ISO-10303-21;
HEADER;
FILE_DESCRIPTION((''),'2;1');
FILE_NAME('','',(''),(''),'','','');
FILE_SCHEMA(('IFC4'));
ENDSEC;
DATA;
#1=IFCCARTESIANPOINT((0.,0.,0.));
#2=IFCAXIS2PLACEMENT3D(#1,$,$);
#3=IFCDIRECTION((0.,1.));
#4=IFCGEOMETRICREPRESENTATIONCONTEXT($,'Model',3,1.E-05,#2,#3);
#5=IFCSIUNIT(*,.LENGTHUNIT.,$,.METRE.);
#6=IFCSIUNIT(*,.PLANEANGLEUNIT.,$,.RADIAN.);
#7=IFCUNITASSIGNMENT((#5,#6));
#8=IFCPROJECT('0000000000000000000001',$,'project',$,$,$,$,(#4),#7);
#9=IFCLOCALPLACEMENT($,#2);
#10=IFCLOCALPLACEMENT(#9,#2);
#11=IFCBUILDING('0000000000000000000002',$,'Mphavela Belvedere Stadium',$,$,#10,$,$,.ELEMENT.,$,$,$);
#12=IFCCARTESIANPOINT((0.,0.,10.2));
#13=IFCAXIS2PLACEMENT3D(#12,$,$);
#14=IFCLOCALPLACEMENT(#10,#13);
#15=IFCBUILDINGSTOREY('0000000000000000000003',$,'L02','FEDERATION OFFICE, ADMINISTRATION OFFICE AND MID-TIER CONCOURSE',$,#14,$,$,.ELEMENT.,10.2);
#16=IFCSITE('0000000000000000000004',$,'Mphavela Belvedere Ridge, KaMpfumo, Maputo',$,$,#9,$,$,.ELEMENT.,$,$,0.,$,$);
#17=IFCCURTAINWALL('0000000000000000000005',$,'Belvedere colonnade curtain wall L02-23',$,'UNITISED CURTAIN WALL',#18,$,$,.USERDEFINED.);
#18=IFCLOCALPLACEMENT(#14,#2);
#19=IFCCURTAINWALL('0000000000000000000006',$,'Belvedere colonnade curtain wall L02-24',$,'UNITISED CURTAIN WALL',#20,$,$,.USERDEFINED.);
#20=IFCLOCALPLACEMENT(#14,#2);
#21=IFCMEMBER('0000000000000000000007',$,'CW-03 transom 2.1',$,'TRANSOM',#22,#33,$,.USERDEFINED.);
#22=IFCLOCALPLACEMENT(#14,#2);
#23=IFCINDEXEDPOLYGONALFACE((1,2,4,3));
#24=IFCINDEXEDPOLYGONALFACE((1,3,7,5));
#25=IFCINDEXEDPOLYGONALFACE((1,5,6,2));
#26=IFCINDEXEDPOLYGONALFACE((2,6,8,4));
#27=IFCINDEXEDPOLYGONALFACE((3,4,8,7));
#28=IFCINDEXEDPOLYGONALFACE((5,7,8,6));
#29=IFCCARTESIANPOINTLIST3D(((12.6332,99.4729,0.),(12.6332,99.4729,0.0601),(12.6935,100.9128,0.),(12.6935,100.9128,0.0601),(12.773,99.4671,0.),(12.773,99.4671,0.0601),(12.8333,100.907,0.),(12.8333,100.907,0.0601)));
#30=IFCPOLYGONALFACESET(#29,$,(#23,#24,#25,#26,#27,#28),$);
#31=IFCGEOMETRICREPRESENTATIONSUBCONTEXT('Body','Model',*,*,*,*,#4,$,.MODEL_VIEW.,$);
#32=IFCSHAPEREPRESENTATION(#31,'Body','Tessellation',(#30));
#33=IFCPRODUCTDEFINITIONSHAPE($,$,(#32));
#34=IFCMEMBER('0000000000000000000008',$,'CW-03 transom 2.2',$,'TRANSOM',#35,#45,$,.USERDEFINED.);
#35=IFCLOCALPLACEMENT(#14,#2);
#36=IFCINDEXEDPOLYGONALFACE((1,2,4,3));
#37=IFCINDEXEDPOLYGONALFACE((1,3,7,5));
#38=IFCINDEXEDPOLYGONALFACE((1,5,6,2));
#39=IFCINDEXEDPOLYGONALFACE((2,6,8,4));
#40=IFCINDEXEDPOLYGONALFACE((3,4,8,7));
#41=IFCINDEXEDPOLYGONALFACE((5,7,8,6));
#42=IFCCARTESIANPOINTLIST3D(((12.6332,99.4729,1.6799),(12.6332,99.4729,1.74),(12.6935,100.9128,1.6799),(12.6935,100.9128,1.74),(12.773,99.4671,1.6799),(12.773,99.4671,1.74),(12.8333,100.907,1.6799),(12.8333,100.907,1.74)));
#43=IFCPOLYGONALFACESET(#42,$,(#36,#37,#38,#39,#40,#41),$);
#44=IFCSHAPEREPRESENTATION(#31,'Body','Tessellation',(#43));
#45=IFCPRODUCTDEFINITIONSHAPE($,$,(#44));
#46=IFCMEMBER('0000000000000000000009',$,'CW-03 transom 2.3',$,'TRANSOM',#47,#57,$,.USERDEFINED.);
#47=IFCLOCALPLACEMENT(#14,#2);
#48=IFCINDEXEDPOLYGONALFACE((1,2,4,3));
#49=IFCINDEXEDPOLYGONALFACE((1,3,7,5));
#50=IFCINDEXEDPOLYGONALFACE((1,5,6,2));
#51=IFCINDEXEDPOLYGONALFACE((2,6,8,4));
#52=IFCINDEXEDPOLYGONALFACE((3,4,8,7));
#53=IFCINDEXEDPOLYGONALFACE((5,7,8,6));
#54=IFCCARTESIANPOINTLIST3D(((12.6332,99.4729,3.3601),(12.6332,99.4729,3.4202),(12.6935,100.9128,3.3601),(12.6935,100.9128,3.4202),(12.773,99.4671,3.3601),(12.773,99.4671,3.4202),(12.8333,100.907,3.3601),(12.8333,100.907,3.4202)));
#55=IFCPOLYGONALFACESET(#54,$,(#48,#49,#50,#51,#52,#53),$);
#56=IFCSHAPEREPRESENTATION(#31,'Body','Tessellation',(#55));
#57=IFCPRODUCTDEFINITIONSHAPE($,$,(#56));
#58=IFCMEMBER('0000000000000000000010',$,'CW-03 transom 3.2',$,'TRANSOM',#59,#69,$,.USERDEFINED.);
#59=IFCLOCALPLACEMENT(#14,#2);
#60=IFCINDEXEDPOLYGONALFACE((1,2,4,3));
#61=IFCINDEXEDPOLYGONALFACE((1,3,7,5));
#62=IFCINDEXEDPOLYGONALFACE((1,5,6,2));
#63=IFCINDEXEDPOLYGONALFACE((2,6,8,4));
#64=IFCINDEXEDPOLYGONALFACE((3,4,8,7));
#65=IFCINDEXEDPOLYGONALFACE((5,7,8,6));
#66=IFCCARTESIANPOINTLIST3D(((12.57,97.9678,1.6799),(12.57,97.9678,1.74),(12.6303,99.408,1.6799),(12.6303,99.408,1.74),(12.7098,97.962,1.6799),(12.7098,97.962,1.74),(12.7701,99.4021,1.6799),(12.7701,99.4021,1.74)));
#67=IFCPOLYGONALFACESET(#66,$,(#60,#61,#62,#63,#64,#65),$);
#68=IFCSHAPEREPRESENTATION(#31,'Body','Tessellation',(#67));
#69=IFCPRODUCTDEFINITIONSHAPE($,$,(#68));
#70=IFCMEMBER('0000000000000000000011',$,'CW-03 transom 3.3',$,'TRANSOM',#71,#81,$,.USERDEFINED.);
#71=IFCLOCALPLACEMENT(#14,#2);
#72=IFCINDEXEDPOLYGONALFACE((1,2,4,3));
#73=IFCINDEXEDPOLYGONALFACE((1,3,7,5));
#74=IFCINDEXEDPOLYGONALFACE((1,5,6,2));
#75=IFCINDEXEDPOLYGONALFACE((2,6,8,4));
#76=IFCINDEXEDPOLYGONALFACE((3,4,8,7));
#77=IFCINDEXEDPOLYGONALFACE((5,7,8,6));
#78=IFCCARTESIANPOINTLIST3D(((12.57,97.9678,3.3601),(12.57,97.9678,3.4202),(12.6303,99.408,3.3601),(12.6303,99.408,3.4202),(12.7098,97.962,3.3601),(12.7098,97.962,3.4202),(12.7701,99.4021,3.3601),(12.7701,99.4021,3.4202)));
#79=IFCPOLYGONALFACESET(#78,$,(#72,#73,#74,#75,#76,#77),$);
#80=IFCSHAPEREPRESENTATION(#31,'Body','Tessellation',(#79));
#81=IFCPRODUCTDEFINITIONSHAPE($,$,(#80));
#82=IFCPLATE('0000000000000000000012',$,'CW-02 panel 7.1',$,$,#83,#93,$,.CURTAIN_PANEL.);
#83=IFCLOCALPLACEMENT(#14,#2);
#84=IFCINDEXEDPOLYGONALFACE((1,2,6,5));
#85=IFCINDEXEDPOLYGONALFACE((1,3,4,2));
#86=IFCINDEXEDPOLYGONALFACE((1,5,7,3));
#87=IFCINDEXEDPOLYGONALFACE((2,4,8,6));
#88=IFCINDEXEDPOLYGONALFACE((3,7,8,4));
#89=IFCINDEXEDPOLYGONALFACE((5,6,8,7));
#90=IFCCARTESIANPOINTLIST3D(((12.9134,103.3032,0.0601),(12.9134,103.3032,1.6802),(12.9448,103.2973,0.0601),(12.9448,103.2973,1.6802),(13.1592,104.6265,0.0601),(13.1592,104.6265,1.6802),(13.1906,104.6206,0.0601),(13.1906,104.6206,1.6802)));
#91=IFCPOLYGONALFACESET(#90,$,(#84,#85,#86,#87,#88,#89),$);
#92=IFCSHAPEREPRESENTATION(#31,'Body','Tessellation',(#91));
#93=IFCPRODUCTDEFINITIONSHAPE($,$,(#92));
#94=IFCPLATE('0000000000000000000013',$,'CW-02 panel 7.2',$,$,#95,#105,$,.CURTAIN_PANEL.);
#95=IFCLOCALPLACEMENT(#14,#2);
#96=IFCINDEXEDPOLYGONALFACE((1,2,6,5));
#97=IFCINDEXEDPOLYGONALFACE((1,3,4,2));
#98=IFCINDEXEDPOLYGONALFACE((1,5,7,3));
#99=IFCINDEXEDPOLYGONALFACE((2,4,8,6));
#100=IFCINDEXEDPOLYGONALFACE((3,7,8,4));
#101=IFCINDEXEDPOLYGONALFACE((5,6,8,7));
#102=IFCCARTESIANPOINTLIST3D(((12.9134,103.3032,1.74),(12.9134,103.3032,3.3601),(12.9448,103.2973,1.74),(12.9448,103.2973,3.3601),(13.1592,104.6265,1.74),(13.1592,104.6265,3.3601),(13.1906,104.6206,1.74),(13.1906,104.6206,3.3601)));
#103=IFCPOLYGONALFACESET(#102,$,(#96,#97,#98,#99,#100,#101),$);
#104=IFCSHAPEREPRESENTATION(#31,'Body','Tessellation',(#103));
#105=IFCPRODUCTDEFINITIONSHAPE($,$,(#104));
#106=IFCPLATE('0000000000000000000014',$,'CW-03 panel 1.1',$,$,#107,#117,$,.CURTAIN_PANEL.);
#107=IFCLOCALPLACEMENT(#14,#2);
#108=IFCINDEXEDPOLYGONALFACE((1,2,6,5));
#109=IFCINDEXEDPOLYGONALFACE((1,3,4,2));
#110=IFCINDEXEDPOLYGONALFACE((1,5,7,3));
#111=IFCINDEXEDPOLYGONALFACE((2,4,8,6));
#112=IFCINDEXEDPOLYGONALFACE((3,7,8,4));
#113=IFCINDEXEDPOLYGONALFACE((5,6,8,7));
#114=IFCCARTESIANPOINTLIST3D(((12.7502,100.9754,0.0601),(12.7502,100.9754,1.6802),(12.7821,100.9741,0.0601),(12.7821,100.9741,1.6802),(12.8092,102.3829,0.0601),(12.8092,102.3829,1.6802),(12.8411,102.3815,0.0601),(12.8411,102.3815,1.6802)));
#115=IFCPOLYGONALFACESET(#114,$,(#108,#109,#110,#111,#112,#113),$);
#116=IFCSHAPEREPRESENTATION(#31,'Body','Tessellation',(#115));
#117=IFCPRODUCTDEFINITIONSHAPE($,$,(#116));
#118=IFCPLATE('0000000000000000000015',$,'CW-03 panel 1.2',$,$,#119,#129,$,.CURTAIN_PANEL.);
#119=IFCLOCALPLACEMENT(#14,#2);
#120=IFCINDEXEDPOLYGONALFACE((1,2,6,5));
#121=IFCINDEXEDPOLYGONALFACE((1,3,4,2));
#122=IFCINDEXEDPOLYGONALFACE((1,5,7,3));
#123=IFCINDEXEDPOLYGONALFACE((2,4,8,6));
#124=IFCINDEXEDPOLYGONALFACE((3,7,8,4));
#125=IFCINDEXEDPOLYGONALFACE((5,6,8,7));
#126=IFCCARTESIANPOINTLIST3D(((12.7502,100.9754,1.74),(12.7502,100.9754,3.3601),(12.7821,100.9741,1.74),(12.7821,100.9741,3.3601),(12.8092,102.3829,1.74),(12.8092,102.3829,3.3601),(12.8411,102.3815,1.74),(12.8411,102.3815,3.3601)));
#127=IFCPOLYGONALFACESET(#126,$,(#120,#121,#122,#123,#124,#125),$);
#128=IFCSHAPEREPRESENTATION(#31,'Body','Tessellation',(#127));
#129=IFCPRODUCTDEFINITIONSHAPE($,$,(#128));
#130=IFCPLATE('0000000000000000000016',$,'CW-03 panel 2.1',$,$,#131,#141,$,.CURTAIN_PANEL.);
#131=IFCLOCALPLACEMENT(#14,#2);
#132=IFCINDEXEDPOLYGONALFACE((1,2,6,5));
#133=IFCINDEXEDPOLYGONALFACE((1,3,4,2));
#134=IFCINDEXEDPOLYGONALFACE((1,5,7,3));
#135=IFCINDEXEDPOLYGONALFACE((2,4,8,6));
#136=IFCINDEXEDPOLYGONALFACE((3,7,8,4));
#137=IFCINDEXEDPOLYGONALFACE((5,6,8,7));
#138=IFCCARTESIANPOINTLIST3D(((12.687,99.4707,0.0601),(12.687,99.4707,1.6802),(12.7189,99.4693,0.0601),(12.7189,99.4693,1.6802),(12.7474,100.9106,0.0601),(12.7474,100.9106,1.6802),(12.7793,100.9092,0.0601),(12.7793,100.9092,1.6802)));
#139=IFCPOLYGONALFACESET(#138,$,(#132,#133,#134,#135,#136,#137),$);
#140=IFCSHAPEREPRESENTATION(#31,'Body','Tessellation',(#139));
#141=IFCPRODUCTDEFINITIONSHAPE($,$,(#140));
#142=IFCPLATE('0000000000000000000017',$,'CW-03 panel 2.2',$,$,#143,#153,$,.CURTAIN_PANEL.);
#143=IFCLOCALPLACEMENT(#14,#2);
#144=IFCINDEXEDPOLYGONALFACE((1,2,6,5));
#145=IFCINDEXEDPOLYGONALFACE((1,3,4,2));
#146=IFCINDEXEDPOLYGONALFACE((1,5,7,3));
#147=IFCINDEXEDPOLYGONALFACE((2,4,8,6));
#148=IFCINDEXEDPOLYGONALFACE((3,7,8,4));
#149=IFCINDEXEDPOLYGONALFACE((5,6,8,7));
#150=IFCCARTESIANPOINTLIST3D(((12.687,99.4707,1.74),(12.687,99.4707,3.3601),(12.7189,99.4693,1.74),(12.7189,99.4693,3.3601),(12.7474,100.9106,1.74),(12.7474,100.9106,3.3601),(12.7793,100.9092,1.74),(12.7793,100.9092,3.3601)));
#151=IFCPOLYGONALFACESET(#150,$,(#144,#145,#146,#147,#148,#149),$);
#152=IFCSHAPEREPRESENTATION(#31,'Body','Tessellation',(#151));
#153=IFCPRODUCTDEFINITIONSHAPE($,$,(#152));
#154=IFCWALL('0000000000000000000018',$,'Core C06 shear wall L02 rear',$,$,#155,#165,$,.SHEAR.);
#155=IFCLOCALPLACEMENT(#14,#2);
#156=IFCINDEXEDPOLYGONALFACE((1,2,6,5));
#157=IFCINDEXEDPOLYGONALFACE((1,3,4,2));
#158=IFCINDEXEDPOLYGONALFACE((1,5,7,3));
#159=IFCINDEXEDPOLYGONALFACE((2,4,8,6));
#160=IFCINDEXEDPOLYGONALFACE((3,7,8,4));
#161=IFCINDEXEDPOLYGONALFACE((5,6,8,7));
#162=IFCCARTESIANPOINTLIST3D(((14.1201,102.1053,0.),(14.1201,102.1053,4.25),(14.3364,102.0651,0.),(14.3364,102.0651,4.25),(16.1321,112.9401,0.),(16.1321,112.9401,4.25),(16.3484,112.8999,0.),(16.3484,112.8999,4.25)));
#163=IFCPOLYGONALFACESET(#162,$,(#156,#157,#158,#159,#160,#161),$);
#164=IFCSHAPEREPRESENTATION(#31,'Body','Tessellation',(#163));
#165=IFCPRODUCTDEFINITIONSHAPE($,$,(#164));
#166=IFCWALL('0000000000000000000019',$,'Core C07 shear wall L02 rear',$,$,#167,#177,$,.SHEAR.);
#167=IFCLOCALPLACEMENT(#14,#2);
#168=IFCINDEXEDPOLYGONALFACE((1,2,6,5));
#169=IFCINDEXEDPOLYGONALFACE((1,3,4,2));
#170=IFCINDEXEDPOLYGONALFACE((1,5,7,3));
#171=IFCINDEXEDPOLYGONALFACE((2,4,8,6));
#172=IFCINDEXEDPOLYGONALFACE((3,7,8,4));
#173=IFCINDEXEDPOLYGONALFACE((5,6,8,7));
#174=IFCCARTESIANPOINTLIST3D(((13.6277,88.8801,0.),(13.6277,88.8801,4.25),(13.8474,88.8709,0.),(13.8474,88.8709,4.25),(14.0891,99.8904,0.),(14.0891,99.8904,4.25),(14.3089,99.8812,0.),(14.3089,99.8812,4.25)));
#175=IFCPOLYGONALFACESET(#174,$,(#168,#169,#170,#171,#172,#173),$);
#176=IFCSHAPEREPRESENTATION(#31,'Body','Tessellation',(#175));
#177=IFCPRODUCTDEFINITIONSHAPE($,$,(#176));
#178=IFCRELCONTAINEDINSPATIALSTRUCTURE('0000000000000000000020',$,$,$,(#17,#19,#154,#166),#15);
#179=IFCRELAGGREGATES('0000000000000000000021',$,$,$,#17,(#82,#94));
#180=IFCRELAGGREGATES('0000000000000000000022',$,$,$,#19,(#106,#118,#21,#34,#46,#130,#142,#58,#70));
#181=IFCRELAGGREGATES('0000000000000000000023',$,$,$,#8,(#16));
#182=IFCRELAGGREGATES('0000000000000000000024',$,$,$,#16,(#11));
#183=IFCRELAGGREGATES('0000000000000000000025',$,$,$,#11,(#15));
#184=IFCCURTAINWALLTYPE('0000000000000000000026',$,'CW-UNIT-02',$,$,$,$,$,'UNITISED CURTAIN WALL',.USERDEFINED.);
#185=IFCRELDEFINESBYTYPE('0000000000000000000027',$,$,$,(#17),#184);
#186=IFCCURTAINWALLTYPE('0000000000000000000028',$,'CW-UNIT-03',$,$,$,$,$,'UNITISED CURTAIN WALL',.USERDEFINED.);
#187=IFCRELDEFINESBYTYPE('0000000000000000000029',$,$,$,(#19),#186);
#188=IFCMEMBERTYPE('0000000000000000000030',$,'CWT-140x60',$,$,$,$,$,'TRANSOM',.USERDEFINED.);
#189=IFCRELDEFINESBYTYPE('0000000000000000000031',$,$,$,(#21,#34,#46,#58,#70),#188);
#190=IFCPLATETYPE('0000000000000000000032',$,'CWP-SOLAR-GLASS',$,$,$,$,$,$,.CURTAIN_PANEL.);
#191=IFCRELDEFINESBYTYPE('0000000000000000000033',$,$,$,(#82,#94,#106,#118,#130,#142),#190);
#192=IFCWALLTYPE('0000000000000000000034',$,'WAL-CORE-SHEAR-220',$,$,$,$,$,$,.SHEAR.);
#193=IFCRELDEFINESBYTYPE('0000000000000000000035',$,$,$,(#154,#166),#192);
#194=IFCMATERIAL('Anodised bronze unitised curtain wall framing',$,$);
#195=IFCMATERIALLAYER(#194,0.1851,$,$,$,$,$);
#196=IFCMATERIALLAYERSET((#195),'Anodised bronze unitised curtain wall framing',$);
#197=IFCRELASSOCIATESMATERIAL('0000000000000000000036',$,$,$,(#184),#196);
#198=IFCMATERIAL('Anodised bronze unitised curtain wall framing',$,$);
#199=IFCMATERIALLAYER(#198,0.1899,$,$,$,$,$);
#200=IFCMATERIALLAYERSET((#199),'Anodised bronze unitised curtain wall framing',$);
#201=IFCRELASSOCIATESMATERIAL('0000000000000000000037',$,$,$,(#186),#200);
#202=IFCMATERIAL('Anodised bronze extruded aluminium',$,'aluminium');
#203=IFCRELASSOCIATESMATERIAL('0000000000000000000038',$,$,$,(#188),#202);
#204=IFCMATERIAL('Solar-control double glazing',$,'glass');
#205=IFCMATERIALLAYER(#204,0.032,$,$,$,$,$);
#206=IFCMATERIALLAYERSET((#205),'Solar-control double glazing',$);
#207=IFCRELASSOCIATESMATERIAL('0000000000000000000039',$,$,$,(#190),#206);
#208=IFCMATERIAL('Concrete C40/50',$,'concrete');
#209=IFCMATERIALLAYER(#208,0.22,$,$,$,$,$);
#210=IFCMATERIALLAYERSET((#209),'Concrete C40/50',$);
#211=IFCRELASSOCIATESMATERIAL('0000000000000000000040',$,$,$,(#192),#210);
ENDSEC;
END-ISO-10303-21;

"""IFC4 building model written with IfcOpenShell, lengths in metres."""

from ifc_helpers import new_model, si_unit, direction, frame, frame_2d, origin, origin_2d, place, context, subcontext, project, spatial, rectangle, extrude, material, layer, layer_set, material_profile, profile_set, type_object, element, aggregate, save


model = new_model("IFC4")

# Units and contexts
model_context = context("Model", 3, precision=1e-05, world=origin(), true_north=direction((0.0, 1.0)))
body_context = subcontext(model_context, "Body", "Model", "MODEL_VIEW")
ifc_project = project(units=[si_unit("LENGTHUNIT", "METRE"), si_unit("PLANEANGLEUNIT", "RADIAN")], contexts=[model_context])

# Site, building, storey
site_placement = place(None, origin())
site = spatial("IfcSite", under=ifc_project, at=site_placement, Name="Mphavela Belvedere Ridge, KaMpfumo, Maputo", CompositionType="ELEMENT", RefElevation=0.0)
building_placement = place(site_placement, origin())
building = spatial("IfcBuilding", under=site, at=building_placement, Name="Mphavela Belvedere Stadium", CompositionType="ELEMENT")
storey_placement = place(building_placement, frame((0.0, 0.0, 10.2)))
storey = spatial("IfcBuildingStorey", under=building, at=storey_placement, Name="L02", Description="FEDERATION OFFICE, ADMINISTRATION OFFICE AND MID-TIER CONCOURSE", CompositionType="ELEMENT", Elevation=10.2)

# Curtain wall
ifc_material_1 = material(Name="Anodised bronze unitised curtain wall framing")
ifc_layer_1 = layer(ifc_material_1, 0.1851)
ifc_layer_set_1 = layer_set([ifc_layer_1], Name="Anodised bronze unitised curtain wall framing")
curtain_wall_type_1 = type_object("IfcCurtainWallType", Name="CW-UNIT-02", ElementType="UNITISED CURTAIN WALL", PredefinedType="USERDEFINED", material=ifc_layer_set_1)
curtain_wall_1_placement = place(storey_placement, origin())
curtain_wall_1 = element("IfcCurtainWall", 1, at=curtain_wall_1_placement, inside=storey, type_object=curtain_wall_type_1, Name="Belvedere colonnade curtain wall L02-23", ObjectType="UNITISED CURTAIN WALL", PredefinedType="USERDEFINED")

# Curtain wall
ifc_material_2 = material(Name="Anodised bronze unitised curtain wall framing")
ifc_layer_2 = layer(ifc_material_2, 0.1899)
ifc_layer_set_2 = layer_set([ifc_layer_2], Name="Anodised bronze unitised curtain wall framing")
curtain_wall_type_2 = type_object("IfcCurtainWallType", Name="CW-UNIT-03", ElementType="UNITISED CURTAIN WALL", PredefinedType="USERDEFINED", material=ifc_layer_set_2)
curtain_wall_2_placement = place(storey_placement, origin())
curtain_wall_2 = element("IfcCurtainWall", 2, at=curtain_wall_2_placement, inside=storey, type_object=curtain_wall_type_2, Name="Belvedere colonnade curtain wall L02-24", ObjectType="UNITISED CURTAIN WALL", PredefinedType="USERDEFINED")

# Members
ifc_material_3 = material(Name="Anodised bronze extruded aluminium", Category="aluminium")
ifc_material_profile_1 = material_profile(ifc_material_3, rectangle(XDim=0.1399, YDim=0.0601, at=origin_2d()), Name="CW-TRN 140x60")
ifc_profile_set_1 = profile_set([ifc_material_profile_1], Name="Anodised bronze extruded aluminium")
member_type_1 = type_object("IfcMemberType", Name="CWT-140x60", ElementType="TRANSOM", PredefinedType="USERDEFINED", material=ifc_profile_set_1)
member_1_placement = place(storey_placement, frame((12.7634, 100.9099, 0.03), z_axis=(-0.041842, -0.999124, 0.0), x_axis=(0.999124, -0.041842, 0.0)))
member_1 = element("IfcMember", 3, at=member_1_placement, type_object=member_type_1, Name="CW-03 transom 2.1", ObjectType="TRANSOM", PredefinedType="USERDEFINED", context=body_context, shape_type="SweptSolid", body=[
    extrude(rectangle(XDim=0.1399, YDim=0.0601, at=origin_2d()), origin(), (0.0, 0.0, 1.0), 1.4412),
])
member_2_placement = place(storey_placement, frame((12.7634, 100.9099, 1.71), z_axis=(-0.041842, -0.999124, 0.0), x_axis=(0.999124, -0.041842, 0.0)))
member_2 = element("IfcMember", 4, at=member_2_placement, type_object=member_type_1, Name="CW-03 transom 2.2", ObjectType="TRANSOM", PredefinedType="USERDEFINED", context=body_context, shape_type="SweptSolid", body=[
    extrude(rectangle(XDim=0.1399, YDim=0.0601, at=origin_2d()), origin(), (0.0, 0.0, 1.0), 1.4412),
])
member_3_placement = place(storey_placement, frame((12.7634, 100.9099, 3.3901), z_axis=(-0.041842, -0.999124, 0.0), x_axis=(0.999124, -0.041842, 0.0)))
member_3 = element("IfcMember", 5, at=member_3_placement, type_object=member_type_1, Name="CW-03 transom 2.3", ObjectType="TRANSOM", PredefinedType="USERDEFINED", context=body_context, shape_type="SweptSolid", body=[
    extrude(rectangle(XDim=0.1399, YDim=0.0601, at=origin_2d()), origin(), (0.0, 0.0, 1.0), 1.4412),
])
member_4_placement = place(storey_placement, frame((12.7002, 99.405, 1.71), z_axis=(-0.041835, -0.999125, 0.0), x_axis=(0.999125, -0.041835, 0.0)))
member_4 = element("IfcMember", 6, at=member_4_placement, type_object=member_type_1, Name="CW-03 transom 3.2", ObjectType="TRANSOM", PredefinedType="USERDEFINED", context=body_context, shape_type="SweptSolid", body=[
    extrude(rectangle(XDim=0.1399, YDim=0.0601, at=origin_2d()), origin(), (0.0, 0.0, 1.0), 1.4414),
])
member_5_placement = place(storey_placement, frame((12.7002, 99.405, 3.3901), z_axis=(-0.041835, -0.999125, 0.0), x_axis=(0.999125, -0.041835, 0.0)))
member_5 = element("IfcMember", 7, at=member_5_placement, type_object=member_type_1, Name="CW-03 transom 3.3", ObjectType="TRANSOM", PredefinedType="USERDEFINED", context=body_context, shape_type="SweptSolid", body=[
    extrude(rectangle(XDim=0.1399, YDim=0.0601, at=origin_2d()), origin(), (0.0, 0.0, 1.0), 1.4414),
])

# Plates
ifc_material_4 = material(Name="Solar-control double glazing", Category="glass")
ifc_layer_3 = layer(ifc_material_4, 0.032)
ifc_layer_set_3 = layer_set([ifc_layer_3], Name="Solar-control double glazing")
plate_type = type_object("IfcPlateType", Name="CWP-SOLAR-GLASS", PredefinedType="CURTAIN_PANEL", material=ifc_layer_set_3)
plate_1_placement = place(storey_placement, frame((13.052, 103.9619, 0.0601), z_axis=(0.0, 0.0, 1.0), x_axis=(-0.182625, -0.983183, 0.0)))
plate_1 = element("IfcPlate", 8, at=plate_1_placement, type_object=plate_type, Name="CW-02 panel 7.1", PredefinedType="CURTAIN_PANEL", context=body_context, shape_type="SweptSolid", body=[
    extrude(rectangle(XDim=1.3459, YDim=0.032, at=origin_2d()), origin(), (0.0, 0.0, 1.0), 1.6201),
])
plate_2_placement = place(storey_placement, frame((13.052, 103.9619, 1.74), z_axis=(0.0, 0.0, 1.0), x_axis=(-0.182625, -0.983183, 0.0)))
plate_2 = element("IfcPlate", 9, at=plate_2_placement, type_object=plate_type, Name="CW-02 panel 7.2", PredefinedType="CURTAIN_PANEL", context=body_context, shape_type="SweptSolid", body=[
    extrude(rectangle(XDim=1.3459, YDim=0.032, at=origin_2d()), origin(), (0.0, 0.0, 1.0), 1.6201),
])
aggregate(curtain_wall_1, [plate_1, plate_2])
plate_3_placement = place(storey_placement, frame((12.7957, 101.6785, 0.0601), z_axis=(0.0, 0.0, 1.0), x_axis=(-0.041904, -0.999122, 0.0)))
plate_3 = element("IfcPlate", 10, at=plate_3_placement, type_object=plate_type, Name="CW-03 panel 1.1", PredefinedType="CURTAIN_PANEL", context=body_context, shape_type="SweptSolid", body=[
    extrude(rectangle(XDim=1.4087, YDim=0.032, at=origin_2d()), origin(), (0.0, 0.0, 1.0), 1.6201),
])
plate_4_placement = place(storey_placement, frame((12.7957, 101.6785, 1.74), z_axis=(0.0, 0.0, 1.0), x_axis=(-0.041904, -0.999122, 0.0)))
plate_4 = element("IfcPlate", 11, at=plate_4_placement, type_object=plate_type, Name="CW-03 panel 1.2", PredefinedType="CURTAIN_PANEL", context=body_context, shape_type="SweptSolid", body=[
    extrude(rectangle(XDim=1.4087, YDim=0.032, at=origin_2d()), origin(), (0.0, 0.0, 1.0), 1.6201),
])
plate_5_placement = place(storey_placement, frame((12.7332, 100.1899, 0.0601), z_axis=(0.0, 0.0, 1.0), x_axis=(-0.041904, -0.999122, 0.0)))
plate_5 = element("IfcPlate", 12, at=plate_5_placement, type_object=plate_type, Name="CW-03 panel 2.1", PredefinedType="CURTAIN_PANEL", context=body_context, shape_type="SweptSolid", body=[
    extrude(rectangle(XDim=1.4412, YDim=0.032, at=origin_2d()), origin(), (0.0, 0.0, 1.0), 1.6201),
])
plate_6_placement = place(storey_placement, frame((12.7332, 100.1899, 1.74), z_axis=(0.0, 0.0, 1.0), x_axis=(-0.041904, -0.999122, 0.0)))
plate_6 = element("IfcPlate", 13, at=plate_6_placement, type_object=plate_type, Name="CW-03 panel 2.2", PredefinedType="CURTAIN_PANEL", context=body_context, shape_type="SweptSolid", body=[
    extrude(rectangle(XDim=1.4412, YDim=0.032, at=origin_2d()), origin(), (0.0, 0.0, 1.0), 1.6201),
])
aggregate(curtain_wall_2, [plate_3, plate_4, member_1, member_2, member_3, plate_5, plate_6, member_4, member_5])

# Walls
ifc_material_5 = material(Name="Concrete C40/50", Category="concrete")
ifc_layer_4 = layer(ifc_material_5, 0.22)
ifc_layer_set_4 = layer_set([ifc_layer_4], Name="Concrete C40/50")
wall_type = type_object("IfcWallType", Name="WAL-CORE-SHEAR-220", PredefinedType="SHEAR", material=ifc_layer_set_4)
for number, where, z_axis, x_axis, name in (
    (14, (14.2283, 102.0852, 0.0), (0.0, 0.0, 1.0), (0.182575, 0.983192, 0.0), "Core C06 shear wall L02 rear"),
    (15, (13.7375, 88.8755, 0.0), (0.0, 0.0, 1.0), (0.041872, 0.999123, 0.0), "Core C07 shear wall L02 rear"),
):
    element("IfcWall", number, at=place(storey_placement, frame(where, z_axis=z_axis, x_axis=x_axis)), inside=storey, type_object=wall_type, Name=name, PredefinedType="SHEAR", context=body_context, shape_type="SweptSolid", body=[
        extrude(rectangle(XDim=11.02, YDim=0.22, at=frame_2d((5.51, 0.0))), origin(), (0.0, 0.0, 1.0), 4.25),
    ])

save(model, "model.ifc")
